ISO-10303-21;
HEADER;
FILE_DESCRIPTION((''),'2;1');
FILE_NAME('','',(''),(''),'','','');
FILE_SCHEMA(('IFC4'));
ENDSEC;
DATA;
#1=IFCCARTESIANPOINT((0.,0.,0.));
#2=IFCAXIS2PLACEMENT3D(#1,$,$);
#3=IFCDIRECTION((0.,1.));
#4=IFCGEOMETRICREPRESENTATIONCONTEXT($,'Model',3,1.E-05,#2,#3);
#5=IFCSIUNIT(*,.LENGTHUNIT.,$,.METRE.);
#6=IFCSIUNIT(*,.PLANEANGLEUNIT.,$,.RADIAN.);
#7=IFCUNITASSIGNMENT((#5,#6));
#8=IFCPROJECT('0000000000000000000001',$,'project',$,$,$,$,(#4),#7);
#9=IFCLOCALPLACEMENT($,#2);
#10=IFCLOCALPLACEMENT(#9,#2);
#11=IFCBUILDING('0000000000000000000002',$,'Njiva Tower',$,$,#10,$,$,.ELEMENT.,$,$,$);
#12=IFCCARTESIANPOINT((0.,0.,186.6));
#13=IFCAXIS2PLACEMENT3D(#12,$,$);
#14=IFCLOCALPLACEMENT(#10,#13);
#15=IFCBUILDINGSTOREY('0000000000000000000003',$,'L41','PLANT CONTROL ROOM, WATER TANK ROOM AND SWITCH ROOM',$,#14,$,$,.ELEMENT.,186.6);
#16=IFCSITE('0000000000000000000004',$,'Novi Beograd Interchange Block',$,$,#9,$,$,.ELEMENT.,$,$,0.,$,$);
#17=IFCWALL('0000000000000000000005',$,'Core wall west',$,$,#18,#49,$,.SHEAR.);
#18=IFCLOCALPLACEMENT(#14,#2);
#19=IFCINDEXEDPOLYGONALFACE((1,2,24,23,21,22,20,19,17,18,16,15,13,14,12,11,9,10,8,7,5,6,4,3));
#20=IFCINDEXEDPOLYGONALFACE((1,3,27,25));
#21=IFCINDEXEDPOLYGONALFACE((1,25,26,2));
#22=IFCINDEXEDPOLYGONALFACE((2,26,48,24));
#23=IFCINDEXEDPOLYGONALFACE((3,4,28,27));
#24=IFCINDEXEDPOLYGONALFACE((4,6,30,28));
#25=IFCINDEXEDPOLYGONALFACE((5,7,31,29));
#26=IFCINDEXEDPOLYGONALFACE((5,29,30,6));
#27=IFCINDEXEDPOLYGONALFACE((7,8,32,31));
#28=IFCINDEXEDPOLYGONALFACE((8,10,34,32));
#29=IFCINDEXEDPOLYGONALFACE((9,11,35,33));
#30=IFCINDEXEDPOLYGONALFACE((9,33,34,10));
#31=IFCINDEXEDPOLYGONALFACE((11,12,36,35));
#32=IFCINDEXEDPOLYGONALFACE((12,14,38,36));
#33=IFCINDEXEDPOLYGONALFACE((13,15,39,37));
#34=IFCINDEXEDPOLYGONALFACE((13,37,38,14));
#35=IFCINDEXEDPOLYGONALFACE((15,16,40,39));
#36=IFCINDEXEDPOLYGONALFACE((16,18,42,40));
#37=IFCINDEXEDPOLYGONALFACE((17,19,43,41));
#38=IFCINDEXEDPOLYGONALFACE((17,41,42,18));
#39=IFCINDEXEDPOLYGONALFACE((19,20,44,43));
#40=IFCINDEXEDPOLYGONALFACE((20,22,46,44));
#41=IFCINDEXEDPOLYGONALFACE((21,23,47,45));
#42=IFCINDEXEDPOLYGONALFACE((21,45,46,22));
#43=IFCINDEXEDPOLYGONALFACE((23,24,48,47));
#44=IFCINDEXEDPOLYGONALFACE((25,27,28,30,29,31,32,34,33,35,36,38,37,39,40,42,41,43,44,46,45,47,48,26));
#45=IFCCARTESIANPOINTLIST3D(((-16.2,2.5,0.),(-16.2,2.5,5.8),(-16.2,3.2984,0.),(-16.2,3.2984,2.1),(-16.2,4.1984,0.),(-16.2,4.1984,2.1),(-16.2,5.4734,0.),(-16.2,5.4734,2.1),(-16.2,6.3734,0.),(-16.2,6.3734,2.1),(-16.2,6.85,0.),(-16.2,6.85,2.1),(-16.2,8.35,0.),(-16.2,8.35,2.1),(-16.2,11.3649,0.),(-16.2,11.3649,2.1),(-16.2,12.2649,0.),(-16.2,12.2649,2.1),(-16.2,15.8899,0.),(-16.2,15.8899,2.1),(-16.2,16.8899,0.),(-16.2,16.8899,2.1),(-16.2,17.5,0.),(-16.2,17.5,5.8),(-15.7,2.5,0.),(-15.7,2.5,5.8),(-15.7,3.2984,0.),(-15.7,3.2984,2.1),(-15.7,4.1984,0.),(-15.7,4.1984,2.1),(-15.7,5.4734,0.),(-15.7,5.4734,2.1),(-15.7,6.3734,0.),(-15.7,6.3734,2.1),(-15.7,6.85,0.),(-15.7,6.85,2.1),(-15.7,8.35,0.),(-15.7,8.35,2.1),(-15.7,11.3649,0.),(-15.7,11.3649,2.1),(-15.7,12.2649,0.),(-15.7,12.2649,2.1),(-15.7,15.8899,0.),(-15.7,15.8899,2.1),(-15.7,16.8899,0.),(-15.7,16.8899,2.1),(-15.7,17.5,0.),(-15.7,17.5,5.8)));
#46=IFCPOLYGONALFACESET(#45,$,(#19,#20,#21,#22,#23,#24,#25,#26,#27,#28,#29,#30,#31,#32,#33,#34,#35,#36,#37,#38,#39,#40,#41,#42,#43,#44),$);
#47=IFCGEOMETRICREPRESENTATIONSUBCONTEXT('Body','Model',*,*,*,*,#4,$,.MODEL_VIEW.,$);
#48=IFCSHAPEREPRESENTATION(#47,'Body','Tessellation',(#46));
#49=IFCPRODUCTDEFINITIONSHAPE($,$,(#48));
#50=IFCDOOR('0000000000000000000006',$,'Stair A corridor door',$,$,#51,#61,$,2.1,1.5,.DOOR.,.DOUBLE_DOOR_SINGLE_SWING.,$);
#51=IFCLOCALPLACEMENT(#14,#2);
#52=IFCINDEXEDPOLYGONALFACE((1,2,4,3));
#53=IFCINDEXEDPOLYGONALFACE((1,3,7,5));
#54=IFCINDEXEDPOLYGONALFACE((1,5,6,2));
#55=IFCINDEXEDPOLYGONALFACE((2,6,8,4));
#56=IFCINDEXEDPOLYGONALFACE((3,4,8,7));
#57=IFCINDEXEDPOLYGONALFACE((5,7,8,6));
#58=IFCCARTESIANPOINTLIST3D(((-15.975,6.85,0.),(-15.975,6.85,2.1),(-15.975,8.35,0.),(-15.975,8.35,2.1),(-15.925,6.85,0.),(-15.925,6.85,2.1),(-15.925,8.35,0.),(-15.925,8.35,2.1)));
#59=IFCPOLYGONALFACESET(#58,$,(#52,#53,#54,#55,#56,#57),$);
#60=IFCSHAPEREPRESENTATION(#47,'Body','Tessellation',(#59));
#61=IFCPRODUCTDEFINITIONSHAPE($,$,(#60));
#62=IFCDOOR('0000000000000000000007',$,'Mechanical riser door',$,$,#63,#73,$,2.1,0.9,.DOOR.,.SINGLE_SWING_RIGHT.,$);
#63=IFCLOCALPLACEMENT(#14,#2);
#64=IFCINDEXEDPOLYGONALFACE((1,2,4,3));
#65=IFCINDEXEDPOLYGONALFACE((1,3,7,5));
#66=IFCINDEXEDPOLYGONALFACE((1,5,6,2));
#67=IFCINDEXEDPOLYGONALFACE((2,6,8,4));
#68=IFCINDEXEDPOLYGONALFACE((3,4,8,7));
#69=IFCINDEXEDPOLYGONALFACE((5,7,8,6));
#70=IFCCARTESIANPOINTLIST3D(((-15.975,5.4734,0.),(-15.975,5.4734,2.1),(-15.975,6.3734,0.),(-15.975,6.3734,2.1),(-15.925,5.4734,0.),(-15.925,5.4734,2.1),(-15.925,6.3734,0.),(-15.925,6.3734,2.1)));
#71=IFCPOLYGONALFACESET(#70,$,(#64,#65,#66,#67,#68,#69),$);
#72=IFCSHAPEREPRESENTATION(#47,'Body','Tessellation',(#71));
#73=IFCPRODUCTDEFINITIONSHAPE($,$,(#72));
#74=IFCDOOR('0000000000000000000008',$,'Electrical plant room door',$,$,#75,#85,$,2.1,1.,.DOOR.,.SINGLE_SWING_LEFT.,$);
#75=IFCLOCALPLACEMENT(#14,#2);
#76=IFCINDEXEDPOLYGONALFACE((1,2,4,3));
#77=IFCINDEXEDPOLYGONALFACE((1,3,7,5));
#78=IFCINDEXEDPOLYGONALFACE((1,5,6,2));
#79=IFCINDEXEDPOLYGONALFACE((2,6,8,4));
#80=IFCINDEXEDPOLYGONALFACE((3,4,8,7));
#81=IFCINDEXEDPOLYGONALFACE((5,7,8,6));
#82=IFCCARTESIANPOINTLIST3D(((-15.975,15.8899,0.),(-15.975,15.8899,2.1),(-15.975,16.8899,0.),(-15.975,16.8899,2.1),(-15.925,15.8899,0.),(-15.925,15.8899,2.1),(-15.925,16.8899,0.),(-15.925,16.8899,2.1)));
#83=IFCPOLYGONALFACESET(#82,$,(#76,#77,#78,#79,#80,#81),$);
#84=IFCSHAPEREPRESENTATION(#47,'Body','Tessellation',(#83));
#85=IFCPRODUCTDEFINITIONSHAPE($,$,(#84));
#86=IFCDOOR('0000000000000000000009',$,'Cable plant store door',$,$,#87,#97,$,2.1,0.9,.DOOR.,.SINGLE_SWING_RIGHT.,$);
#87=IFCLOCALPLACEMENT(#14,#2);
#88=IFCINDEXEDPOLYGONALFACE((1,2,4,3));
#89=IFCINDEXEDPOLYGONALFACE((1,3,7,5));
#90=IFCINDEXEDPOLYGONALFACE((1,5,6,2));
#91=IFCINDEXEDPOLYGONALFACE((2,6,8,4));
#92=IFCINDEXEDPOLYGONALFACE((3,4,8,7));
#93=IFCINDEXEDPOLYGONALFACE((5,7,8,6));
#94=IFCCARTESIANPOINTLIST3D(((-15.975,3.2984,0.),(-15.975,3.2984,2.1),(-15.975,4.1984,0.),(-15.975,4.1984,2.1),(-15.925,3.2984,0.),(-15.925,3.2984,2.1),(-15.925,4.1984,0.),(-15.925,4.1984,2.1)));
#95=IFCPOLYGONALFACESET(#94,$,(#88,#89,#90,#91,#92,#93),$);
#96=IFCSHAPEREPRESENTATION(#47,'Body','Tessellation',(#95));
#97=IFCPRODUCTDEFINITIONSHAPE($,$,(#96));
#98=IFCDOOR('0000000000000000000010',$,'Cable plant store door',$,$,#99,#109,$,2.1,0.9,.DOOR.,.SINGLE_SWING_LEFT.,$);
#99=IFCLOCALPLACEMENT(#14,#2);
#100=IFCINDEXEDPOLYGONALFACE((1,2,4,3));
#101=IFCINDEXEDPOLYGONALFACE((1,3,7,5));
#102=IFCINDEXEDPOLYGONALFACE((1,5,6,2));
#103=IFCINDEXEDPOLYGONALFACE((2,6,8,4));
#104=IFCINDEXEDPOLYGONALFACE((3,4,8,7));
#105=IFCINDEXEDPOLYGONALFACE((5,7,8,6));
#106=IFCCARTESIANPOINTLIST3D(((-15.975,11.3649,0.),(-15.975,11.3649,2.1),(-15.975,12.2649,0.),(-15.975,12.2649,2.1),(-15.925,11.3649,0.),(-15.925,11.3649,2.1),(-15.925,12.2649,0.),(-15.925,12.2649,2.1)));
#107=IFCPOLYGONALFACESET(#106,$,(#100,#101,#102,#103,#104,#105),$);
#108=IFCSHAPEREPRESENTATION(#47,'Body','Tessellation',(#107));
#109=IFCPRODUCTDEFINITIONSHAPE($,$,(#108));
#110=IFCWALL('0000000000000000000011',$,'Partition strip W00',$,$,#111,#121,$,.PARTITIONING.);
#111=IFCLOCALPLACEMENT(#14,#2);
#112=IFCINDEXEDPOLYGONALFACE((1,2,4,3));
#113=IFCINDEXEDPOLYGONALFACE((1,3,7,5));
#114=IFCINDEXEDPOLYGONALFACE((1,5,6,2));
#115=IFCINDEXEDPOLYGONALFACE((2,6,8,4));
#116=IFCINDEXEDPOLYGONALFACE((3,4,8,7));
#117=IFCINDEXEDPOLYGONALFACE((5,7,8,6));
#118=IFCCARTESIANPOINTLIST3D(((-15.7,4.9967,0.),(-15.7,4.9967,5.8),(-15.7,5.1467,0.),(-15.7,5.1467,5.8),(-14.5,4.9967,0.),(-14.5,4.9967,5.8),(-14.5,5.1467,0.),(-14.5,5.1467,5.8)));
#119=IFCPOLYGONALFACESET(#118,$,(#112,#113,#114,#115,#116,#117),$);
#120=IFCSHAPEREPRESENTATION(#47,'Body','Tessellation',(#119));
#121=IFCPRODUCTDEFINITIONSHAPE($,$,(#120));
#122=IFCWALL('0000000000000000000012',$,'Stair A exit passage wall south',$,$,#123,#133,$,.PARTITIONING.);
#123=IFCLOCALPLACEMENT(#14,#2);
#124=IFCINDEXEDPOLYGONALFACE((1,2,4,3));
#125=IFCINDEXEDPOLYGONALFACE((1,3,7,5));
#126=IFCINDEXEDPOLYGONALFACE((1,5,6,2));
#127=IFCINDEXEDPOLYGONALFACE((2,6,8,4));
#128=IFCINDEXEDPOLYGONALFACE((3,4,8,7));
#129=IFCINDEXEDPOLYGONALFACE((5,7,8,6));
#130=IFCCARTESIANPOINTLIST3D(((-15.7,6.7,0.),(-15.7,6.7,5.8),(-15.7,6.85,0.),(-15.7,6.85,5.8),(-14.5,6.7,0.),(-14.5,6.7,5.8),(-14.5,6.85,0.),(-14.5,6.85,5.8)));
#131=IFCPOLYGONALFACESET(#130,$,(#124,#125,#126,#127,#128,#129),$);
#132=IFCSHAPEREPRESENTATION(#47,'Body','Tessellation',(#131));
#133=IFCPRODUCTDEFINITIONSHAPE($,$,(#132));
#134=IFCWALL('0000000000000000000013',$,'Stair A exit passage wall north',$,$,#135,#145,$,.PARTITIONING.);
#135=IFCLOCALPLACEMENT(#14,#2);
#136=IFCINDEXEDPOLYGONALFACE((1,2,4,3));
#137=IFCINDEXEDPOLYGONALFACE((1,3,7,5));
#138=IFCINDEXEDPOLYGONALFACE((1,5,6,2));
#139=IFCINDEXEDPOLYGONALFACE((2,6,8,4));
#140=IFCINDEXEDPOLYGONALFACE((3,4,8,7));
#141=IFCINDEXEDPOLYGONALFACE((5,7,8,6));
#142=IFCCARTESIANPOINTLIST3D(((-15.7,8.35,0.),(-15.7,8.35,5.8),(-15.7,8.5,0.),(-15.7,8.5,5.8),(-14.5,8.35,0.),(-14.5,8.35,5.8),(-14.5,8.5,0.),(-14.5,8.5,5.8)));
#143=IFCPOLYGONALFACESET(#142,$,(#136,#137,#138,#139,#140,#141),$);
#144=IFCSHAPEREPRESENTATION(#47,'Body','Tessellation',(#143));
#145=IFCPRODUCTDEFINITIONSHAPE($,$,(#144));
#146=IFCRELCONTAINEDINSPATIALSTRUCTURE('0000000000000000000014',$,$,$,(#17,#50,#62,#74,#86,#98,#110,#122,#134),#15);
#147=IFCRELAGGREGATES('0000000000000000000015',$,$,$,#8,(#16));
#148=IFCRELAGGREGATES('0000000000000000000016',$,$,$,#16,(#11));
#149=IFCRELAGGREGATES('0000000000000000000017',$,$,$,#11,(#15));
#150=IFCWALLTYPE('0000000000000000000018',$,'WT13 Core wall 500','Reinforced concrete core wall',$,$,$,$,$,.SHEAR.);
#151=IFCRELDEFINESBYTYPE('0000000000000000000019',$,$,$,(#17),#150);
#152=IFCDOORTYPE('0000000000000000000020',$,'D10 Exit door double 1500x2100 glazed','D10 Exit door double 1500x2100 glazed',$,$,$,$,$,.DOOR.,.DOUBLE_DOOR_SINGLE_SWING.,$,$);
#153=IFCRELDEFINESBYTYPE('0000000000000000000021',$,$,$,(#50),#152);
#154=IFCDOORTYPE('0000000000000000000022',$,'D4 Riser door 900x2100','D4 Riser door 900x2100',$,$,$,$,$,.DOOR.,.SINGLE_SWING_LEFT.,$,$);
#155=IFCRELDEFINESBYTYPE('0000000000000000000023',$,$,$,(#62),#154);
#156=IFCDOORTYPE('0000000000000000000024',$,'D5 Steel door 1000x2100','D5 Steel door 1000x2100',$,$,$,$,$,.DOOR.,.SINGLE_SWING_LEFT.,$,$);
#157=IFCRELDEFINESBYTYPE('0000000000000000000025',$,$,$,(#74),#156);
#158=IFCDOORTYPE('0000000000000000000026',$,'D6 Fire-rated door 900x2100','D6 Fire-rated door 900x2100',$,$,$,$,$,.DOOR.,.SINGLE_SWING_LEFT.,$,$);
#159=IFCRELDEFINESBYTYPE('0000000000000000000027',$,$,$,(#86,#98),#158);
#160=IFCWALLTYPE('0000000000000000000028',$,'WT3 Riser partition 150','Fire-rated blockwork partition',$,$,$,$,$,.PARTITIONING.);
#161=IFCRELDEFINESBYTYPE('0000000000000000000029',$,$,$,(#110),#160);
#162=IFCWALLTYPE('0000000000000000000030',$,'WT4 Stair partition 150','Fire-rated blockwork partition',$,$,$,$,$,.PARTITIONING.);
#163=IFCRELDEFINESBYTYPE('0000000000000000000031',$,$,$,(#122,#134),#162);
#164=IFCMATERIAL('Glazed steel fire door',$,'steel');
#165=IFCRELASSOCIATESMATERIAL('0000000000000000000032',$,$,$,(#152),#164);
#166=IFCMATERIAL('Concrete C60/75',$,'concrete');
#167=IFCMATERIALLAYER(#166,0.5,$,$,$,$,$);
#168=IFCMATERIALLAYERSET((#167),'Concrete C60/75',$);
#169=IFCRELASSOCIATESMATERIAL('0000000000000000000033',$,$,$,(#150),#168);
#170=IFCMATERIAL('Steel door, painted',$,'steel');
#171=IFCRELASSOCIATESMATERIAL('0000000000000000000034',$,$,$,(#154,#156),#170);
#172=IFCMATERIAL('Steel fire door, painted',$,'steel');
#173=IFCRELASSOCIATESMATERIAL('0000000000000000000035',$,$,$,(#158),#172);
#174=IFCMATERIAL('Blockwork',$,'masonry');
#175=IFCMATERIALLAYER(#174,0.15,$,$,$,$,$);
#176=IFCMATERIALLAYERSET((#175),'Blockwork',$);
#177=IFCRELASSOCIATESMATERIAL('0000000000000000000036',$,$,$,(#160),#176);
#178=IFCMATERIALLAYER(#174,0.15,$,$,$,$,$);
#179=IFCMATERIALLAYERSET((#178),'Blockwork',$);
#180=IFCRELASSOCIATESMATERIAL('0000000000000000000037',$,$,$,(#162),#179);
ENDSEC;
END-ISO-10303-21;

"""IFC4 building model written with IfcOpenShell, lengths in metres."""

from ifc_helpers import new_model, si_unit, direction, frame, frame_2d, origin, place, context, subcontext, project, spatial, rectangle, extrude, material, layer, layer_set, type_object, element, fill, save


model = new_model("IFC4")

# Units and contexts
model_context = context("Model", 3, precision=1e-05, world=origin(), true_north=direction((0.0, 1.0)))
body_context = subcontext(model_context, "Body", "Model", "MODEL_VIEW")
ifc_project = project(units=[si_unit("LENGTHUNIT", "METRE"), si_unit("PLANEANGLEUNIT", "RADIAN")], contexts=[model_context])

# Site, building, storey
site_placement = place(None, origin())
site = spatial("IfcSite", under=ifc_project, at=site_placement, Name="Novi Beograd Interchange Block", CompositionType="ELEMENT", RefElevation=0.0)
building_placement = place(site_placement, origin())
building = spatial("IfcBuilding", under=site, at=building_placement, Name="Njiva Tower", CompositionType="ELEMENT")
storey_placement = place(building_placement, frame((0.0, 0.0, 186.6)))
storey = spatial("IfcBuildingStorey", under=building, at=storey_placement, Name="L41", Description="PLANT CONTROL ROOM, WATER TANK ROOM AND SWITCH ROOM", CompositionType="ELEMENT", Elevation=186.6)

# Shared definitions
ifc_material_1 = material(Name="Blockwork", Category="masonry")

# Shared definitions
ifc_material_2 = material(Name="Glazed steel fire door", Category="steel")
door_type_1 = type_object("IfcDoorType", Name="D10 Exit door double 1500x2100 glazed", Description="D10 Exit door double 1500x2100 glazed", OperationType="DOUBLE_DOOR_SINGLE_SWING", PredefinedType="DOOR", material=ifc_material_2)

# Wall, openings, doors
ifc_material_3 = material(Name="Concrete C60/75", Category="concrete")
ifc_layer_1 = layer(ifc_material_3, 0.5)
ifc_layer_set_1 = layer_set([ifc_layer_1], Name="Concrete C60/75")
wall_type_1 = type_object("IfcWallType", Name="WT13 Core wall 500", Description="Reinforced concrete core wall", PredefinedType="SHEAR", material=ifc_layer_set_1)
wall_1_placement = place(storey_placement, frame((-15.95, 2.5, 0.0), z_axis=(0.0, 0.0, 1.0), x_axis=(0.0, 1.0, 0.0)))
wall_1 = element("IfcWall", 1, at=wall_1_placement, inside=storey, type_object=wall_type_1, Name="Core wall west", PredefinedType="SHEAR", context=body_context, shape_type="SweptSolid", body=[
    extrude(rectangle(XDim=15.0, YDim=0.5, at=frame_2d((7.5, 0.0))), origin(), (0.0, 0.0, 1.0), 5.8),
])
opening_1_placement = place(wall_1_placement, frame((4.35, 0.0, 0.0)))
opening_1 = element("IfcOpeningElement", 2, at=opening_1_placement, cuts=wall_1, PredefinedType="OPENING", context=body_context, shape_type="SweptSolid", body=[
    extrude(rectangle(XDim=1.5, YDim=2.1, at=frame_2d((0.75, 1.05))), frame((0.0, 0.26, 0.0), z_axis=(0.0, -1.0, 0.0), x_axis=(1.0, 0.0, 0.0)), (0.0, 0.0, 1.0), 0.52),
])
opening_2_placement = place(wall_1_placement, frame((0.7984, 0.0, 0.0)))
opening_2 = element("IfcOpeningElement", 3, at=opening_2_placement, cuts=wall_1, PredefinedType="OPENING", context=body_context, shape_type="SweptSolid", body=[
    extrude(rectangle(XDim=0.9, YDim=2.1, at=frame_2d((0.45, 1.05))), frame((0.0, 0.26, 0.0), z_axis=(0.0, -1.0, 0.0), x_axis=(1.0, 0.0, 0.0)), (0.0, 0.0, 1.0), 0.52),
])
opening_3_placement = place(wall_1_placement, frame((2.9734, 0.0, 0.0)))
opening_3 = element("IfcOpeningElement", 4, at=opening_3_placement, cuts=wall_1, PredefinedType="OPENING", context=body_context, shape_type="SweptSolid", body=[
    extrude(rectangle(XDim=0.9, YDim=2.1, at=frame_2d((0.45, 1.05))), frame((0.0, 0.26, 0.0), z_axis=(0.0, -1.0, 0.0), x_axis=(1.0, 0.0, 0.0)), (0.0, 0.0, 1.0), 0.52),
])
opening_4_placement = place(wall_1_placement, frame((8.8649, 0.0, 0.0)))
opening_4 = element("IfcOpeningElement", 5, at=opening_4_placement, cuts=wall_1, PredefinedType="OPENING", context=body_context, shape_type="SweptSolid", body=[
    extrude(rectangle(XDim=0.9, YDim=2.1, at=frame_2d((0.45, 1.05))), frame((0.0, 0.26, 0.0), z_axis=(0.0, -1.0, 0.0), x_axis=(1.0, 0.0, 0.0)), (0.0, 0.0, 1.0), 0.52),
])
opening_5_placement = place(wall_1_placement, frame((13.3899, 0.0, 0.0)))
opening_5 = element("IfcOpeningElement", 6, at=opening_5_placement, cuts=wall_1, PredefinedType="OPENING", context=body_context, shape_type="SweptSolid", body=[
    extrude(rectangle(XDim=1.0, YDim=2.1, at=frame_2d((0.5, 1.05))), frame((0.0, 0.26, 0.0), z_axis=(0.0, -1.0, 0.0), x_axis=(1.0, 0.0, 0.0)), (0.0, 0.0, 1.0), 0.52),
])
door_1_placement = place(opening_1_placement, origin())
door_1 = element("IfcDoor", 7, at=door_1_placement, inside=storey, type_object=door_type_1, Name="Stair A corridor door", OperationType="DOUBLE_DOOR_SINGLE_SWING", OverallHeight=2.1, OverallWidth=1.5, PredefinedType="DOOR", context=body_context, shape_type="SweptSolid", body=[
    extrude(rectangle(XDim=1.5, YDim=2.1, at=frame_2d((0.75, 1.05))), frame((0.0, 0.025, 0.0), z_axis=(0.0, -1.0, 0.0), x_axis=(1.0, 0.0, 0.0)), (0.0, 0.0, 1.0), 0.05),
])
fill(opening_1, door_1)
ifc_material_4 = material(Name="Steel door, painted", Category="steel")
door_type_2 = type_object("IfcDoorType", Name="D4 Riser door 900x2100", Description="D4 Riser door 900x2100", OperationType="SINGLE_SWING_LEFT", PredefinedType="DOOR", material=ifc_material_4)
door_2_placement = place(opening_3_placement, origin())
door_2 = element("IfcDoor", 8, at=door_2_placement, inside=storey, type_object=door_type_2, Name="Mechanical riser door", OperationType="SINGLE_SWING_RIGHT", OverallHeight=2.1, OverallWidth=0.9, PredefinedType="DOOR", context=body_context, shape_type="SweptSolid", body=[
    extrude(rectangle(XDim=0.9, YDim=2.1, at=frame_2d((0.45, 1.05))), frame((0.0, 0.025, 0.0), z_axis=(0.0, -1.0, 0.0), x_axis=(1.0, 0.0, 0.0)), (0.0, 0.0, 1.0), 0.05),
])
fill(opening_3, door_2)
door_type_3 = type_object("IfcDoorType", Name="D5 Steel door 1000x2100", Description="D5 Steel door 1000x2100", OperationType="SINGLE_SWING_LEFT", PredefinedType="DOOR", material=ifc_material_4)
door_3_placement = place(opening_5_placement, origin())
door_3 = element("IfcDoor", 9, at=door_3_placement, inside=storey, type_object=door_type_3, Name="Electrical plant room door", OperationType="SINGLE_SWING_LEFT", OverallHeight=2.1, OverallWidth=1.0, PredefinedType="DOOR", context=body_context, shape_type="SweptSolid", body=[
    extrude(rectangle(XDim=1.0, YDim=2.1, at=frame_2d((0.5, 1.05))), frame((0.0, 0.025, 0.0), z_axis=(0.0, -1.0, 0.0), x_axis=(1.0, 0.0, 0.0)), (0.0, 0.0, 1.0), 0.05),
])
fill(opening_5, door_3)
ifc_material_5 = material(Name="Steel fire door, painted", Category="steel")
door_type_4 = type_object("IfcDoorType", Name="D6 Fire-rated door 900x2100", Description="D6 Fire-rated door 900x2100", OperationType="SINGLE_SWING_LEFT", PredefinedType="DOOR", material=ifc_material_5)
door_4_placement = place(opening_2_placement, origin())
door_4 = element("IfcDoor", 10, at=door_4_placement, inside=storey, type_object=door_type_4, Name="Cable plant store door", OperationType="SINGLE_SWING_RIGHT", OverallHeight=2.1, OverallWidth=0.9, PredefinedType="DOOR", context=body_context, shape_type="SweptSolid", body=[
    extrude(rectangle(XDim=0.9, YDim=2.1, at=frame_2d((0.45, 1.05))), frame((0.0, 0.025, 0.0), z_axis=(0.0, -1.0, 0.0), x_axis=(1.0, 0.0, 0.0)), (0.0, 0.0, 1.0), 0.05),
])
fill(opening_2, door_4)
door_5_placement = place(opening_4_placement, origin())
door_5 = element("IfcDoor", 11, at=door_5_placement, inside=storey, type_object=door_type_4, Name="Cable plant store door", OperationType="SINGLE_SWING_LEFT", OverallHeight=2.1, OverallWidth=0.9, PredefinedType="DOOR", context=body_context, shape_type="SweptSolid", body=[
    extrude(rectangle(XDim=0.9, YDim=2.1, at=frame_2d((0.45, 1.05))), frame((0.0, 0.025, 0.0), z_axis=(0.0, -1.0, 0.0), x_axis=(1.0, 0.0, 0.0)), (0.0, 0.0, 1.0), 0.05),
])
fill(opening_4, door_5)

# Walls
ifc_layer_2 = layer(ifc_material_1, 0.15)
ifc_layer_set_2 = layer_set([ifc_layer_2], Name="Blockwork")
wall_type_2 = type_object("IfcWallType", Name="WT3 Riser partition 150", Description="Fire-rated blockwork partition", PredefinedType="PARTITIONING", material=ifc_layer_set_2)
wall_2_placement = place(storey_placement, frame((-15.7, 5.0717, 0.0), z_axis=(0.0, 0.0, 1.0), x_axis=(1.0, 0.0, 0.0)))
element("IfcWall", 12, at=wall_2_placement, inside=storey, type_object=wall_type_2, Name="Partition strip W00", PredefinedType="PARTITIONING", context=body_context, shape_type="SweptSolid", body=[
    extrude(rectangle(XDim=1.2, YDim=0.15, at=frame_2d((0.6, 0.0))), origin(), (0.0, 0.0, 1.0), 5.8),
])
ifc_layer_3 = layer(ifc_material_1, 0.15)
ifc_layer_set_3 = layer_set([ifc_layer_3], Name="Blockwork")
wall_type_3 = type_object("IfcWallType", Name="WT4 Stair partition 150", Description="Fire-rated blockwork partition", PredefinedType="PARTITIONING", material=ifc_layer_set_3)
for number, where, z_axis, x_axis, name in (
    (13, (-15.7, 6.775, 0.0), (0.0, 0.0, 1.0), (1.0, 0.0, 0.0), "Stair A exit passage wall south"),
    (14, (-15.7, 8.425, 0.0), (0.0, 0.0, 1.0), (1.0, 0.0, 0.0), "Stair A exit passage wall north"),
):
    element("IfcWall", number, at=place(storey_placement, frame(where, z_axis=z_axis, x_axis=x_axis)), inside=storey, type_object=wall_type_3, Name=name, PredefinedType="PARTITIONING", context=body_context, shape_type="SweptSolid", body=[
        extrude(rectangle(XDim=1.2, YDim=0.15, at=frame_2d((0.6, 0.0))), origin(), (0.0, 0.0, 1.0), 5.8),
    ])

save(model, "model.ifc")
